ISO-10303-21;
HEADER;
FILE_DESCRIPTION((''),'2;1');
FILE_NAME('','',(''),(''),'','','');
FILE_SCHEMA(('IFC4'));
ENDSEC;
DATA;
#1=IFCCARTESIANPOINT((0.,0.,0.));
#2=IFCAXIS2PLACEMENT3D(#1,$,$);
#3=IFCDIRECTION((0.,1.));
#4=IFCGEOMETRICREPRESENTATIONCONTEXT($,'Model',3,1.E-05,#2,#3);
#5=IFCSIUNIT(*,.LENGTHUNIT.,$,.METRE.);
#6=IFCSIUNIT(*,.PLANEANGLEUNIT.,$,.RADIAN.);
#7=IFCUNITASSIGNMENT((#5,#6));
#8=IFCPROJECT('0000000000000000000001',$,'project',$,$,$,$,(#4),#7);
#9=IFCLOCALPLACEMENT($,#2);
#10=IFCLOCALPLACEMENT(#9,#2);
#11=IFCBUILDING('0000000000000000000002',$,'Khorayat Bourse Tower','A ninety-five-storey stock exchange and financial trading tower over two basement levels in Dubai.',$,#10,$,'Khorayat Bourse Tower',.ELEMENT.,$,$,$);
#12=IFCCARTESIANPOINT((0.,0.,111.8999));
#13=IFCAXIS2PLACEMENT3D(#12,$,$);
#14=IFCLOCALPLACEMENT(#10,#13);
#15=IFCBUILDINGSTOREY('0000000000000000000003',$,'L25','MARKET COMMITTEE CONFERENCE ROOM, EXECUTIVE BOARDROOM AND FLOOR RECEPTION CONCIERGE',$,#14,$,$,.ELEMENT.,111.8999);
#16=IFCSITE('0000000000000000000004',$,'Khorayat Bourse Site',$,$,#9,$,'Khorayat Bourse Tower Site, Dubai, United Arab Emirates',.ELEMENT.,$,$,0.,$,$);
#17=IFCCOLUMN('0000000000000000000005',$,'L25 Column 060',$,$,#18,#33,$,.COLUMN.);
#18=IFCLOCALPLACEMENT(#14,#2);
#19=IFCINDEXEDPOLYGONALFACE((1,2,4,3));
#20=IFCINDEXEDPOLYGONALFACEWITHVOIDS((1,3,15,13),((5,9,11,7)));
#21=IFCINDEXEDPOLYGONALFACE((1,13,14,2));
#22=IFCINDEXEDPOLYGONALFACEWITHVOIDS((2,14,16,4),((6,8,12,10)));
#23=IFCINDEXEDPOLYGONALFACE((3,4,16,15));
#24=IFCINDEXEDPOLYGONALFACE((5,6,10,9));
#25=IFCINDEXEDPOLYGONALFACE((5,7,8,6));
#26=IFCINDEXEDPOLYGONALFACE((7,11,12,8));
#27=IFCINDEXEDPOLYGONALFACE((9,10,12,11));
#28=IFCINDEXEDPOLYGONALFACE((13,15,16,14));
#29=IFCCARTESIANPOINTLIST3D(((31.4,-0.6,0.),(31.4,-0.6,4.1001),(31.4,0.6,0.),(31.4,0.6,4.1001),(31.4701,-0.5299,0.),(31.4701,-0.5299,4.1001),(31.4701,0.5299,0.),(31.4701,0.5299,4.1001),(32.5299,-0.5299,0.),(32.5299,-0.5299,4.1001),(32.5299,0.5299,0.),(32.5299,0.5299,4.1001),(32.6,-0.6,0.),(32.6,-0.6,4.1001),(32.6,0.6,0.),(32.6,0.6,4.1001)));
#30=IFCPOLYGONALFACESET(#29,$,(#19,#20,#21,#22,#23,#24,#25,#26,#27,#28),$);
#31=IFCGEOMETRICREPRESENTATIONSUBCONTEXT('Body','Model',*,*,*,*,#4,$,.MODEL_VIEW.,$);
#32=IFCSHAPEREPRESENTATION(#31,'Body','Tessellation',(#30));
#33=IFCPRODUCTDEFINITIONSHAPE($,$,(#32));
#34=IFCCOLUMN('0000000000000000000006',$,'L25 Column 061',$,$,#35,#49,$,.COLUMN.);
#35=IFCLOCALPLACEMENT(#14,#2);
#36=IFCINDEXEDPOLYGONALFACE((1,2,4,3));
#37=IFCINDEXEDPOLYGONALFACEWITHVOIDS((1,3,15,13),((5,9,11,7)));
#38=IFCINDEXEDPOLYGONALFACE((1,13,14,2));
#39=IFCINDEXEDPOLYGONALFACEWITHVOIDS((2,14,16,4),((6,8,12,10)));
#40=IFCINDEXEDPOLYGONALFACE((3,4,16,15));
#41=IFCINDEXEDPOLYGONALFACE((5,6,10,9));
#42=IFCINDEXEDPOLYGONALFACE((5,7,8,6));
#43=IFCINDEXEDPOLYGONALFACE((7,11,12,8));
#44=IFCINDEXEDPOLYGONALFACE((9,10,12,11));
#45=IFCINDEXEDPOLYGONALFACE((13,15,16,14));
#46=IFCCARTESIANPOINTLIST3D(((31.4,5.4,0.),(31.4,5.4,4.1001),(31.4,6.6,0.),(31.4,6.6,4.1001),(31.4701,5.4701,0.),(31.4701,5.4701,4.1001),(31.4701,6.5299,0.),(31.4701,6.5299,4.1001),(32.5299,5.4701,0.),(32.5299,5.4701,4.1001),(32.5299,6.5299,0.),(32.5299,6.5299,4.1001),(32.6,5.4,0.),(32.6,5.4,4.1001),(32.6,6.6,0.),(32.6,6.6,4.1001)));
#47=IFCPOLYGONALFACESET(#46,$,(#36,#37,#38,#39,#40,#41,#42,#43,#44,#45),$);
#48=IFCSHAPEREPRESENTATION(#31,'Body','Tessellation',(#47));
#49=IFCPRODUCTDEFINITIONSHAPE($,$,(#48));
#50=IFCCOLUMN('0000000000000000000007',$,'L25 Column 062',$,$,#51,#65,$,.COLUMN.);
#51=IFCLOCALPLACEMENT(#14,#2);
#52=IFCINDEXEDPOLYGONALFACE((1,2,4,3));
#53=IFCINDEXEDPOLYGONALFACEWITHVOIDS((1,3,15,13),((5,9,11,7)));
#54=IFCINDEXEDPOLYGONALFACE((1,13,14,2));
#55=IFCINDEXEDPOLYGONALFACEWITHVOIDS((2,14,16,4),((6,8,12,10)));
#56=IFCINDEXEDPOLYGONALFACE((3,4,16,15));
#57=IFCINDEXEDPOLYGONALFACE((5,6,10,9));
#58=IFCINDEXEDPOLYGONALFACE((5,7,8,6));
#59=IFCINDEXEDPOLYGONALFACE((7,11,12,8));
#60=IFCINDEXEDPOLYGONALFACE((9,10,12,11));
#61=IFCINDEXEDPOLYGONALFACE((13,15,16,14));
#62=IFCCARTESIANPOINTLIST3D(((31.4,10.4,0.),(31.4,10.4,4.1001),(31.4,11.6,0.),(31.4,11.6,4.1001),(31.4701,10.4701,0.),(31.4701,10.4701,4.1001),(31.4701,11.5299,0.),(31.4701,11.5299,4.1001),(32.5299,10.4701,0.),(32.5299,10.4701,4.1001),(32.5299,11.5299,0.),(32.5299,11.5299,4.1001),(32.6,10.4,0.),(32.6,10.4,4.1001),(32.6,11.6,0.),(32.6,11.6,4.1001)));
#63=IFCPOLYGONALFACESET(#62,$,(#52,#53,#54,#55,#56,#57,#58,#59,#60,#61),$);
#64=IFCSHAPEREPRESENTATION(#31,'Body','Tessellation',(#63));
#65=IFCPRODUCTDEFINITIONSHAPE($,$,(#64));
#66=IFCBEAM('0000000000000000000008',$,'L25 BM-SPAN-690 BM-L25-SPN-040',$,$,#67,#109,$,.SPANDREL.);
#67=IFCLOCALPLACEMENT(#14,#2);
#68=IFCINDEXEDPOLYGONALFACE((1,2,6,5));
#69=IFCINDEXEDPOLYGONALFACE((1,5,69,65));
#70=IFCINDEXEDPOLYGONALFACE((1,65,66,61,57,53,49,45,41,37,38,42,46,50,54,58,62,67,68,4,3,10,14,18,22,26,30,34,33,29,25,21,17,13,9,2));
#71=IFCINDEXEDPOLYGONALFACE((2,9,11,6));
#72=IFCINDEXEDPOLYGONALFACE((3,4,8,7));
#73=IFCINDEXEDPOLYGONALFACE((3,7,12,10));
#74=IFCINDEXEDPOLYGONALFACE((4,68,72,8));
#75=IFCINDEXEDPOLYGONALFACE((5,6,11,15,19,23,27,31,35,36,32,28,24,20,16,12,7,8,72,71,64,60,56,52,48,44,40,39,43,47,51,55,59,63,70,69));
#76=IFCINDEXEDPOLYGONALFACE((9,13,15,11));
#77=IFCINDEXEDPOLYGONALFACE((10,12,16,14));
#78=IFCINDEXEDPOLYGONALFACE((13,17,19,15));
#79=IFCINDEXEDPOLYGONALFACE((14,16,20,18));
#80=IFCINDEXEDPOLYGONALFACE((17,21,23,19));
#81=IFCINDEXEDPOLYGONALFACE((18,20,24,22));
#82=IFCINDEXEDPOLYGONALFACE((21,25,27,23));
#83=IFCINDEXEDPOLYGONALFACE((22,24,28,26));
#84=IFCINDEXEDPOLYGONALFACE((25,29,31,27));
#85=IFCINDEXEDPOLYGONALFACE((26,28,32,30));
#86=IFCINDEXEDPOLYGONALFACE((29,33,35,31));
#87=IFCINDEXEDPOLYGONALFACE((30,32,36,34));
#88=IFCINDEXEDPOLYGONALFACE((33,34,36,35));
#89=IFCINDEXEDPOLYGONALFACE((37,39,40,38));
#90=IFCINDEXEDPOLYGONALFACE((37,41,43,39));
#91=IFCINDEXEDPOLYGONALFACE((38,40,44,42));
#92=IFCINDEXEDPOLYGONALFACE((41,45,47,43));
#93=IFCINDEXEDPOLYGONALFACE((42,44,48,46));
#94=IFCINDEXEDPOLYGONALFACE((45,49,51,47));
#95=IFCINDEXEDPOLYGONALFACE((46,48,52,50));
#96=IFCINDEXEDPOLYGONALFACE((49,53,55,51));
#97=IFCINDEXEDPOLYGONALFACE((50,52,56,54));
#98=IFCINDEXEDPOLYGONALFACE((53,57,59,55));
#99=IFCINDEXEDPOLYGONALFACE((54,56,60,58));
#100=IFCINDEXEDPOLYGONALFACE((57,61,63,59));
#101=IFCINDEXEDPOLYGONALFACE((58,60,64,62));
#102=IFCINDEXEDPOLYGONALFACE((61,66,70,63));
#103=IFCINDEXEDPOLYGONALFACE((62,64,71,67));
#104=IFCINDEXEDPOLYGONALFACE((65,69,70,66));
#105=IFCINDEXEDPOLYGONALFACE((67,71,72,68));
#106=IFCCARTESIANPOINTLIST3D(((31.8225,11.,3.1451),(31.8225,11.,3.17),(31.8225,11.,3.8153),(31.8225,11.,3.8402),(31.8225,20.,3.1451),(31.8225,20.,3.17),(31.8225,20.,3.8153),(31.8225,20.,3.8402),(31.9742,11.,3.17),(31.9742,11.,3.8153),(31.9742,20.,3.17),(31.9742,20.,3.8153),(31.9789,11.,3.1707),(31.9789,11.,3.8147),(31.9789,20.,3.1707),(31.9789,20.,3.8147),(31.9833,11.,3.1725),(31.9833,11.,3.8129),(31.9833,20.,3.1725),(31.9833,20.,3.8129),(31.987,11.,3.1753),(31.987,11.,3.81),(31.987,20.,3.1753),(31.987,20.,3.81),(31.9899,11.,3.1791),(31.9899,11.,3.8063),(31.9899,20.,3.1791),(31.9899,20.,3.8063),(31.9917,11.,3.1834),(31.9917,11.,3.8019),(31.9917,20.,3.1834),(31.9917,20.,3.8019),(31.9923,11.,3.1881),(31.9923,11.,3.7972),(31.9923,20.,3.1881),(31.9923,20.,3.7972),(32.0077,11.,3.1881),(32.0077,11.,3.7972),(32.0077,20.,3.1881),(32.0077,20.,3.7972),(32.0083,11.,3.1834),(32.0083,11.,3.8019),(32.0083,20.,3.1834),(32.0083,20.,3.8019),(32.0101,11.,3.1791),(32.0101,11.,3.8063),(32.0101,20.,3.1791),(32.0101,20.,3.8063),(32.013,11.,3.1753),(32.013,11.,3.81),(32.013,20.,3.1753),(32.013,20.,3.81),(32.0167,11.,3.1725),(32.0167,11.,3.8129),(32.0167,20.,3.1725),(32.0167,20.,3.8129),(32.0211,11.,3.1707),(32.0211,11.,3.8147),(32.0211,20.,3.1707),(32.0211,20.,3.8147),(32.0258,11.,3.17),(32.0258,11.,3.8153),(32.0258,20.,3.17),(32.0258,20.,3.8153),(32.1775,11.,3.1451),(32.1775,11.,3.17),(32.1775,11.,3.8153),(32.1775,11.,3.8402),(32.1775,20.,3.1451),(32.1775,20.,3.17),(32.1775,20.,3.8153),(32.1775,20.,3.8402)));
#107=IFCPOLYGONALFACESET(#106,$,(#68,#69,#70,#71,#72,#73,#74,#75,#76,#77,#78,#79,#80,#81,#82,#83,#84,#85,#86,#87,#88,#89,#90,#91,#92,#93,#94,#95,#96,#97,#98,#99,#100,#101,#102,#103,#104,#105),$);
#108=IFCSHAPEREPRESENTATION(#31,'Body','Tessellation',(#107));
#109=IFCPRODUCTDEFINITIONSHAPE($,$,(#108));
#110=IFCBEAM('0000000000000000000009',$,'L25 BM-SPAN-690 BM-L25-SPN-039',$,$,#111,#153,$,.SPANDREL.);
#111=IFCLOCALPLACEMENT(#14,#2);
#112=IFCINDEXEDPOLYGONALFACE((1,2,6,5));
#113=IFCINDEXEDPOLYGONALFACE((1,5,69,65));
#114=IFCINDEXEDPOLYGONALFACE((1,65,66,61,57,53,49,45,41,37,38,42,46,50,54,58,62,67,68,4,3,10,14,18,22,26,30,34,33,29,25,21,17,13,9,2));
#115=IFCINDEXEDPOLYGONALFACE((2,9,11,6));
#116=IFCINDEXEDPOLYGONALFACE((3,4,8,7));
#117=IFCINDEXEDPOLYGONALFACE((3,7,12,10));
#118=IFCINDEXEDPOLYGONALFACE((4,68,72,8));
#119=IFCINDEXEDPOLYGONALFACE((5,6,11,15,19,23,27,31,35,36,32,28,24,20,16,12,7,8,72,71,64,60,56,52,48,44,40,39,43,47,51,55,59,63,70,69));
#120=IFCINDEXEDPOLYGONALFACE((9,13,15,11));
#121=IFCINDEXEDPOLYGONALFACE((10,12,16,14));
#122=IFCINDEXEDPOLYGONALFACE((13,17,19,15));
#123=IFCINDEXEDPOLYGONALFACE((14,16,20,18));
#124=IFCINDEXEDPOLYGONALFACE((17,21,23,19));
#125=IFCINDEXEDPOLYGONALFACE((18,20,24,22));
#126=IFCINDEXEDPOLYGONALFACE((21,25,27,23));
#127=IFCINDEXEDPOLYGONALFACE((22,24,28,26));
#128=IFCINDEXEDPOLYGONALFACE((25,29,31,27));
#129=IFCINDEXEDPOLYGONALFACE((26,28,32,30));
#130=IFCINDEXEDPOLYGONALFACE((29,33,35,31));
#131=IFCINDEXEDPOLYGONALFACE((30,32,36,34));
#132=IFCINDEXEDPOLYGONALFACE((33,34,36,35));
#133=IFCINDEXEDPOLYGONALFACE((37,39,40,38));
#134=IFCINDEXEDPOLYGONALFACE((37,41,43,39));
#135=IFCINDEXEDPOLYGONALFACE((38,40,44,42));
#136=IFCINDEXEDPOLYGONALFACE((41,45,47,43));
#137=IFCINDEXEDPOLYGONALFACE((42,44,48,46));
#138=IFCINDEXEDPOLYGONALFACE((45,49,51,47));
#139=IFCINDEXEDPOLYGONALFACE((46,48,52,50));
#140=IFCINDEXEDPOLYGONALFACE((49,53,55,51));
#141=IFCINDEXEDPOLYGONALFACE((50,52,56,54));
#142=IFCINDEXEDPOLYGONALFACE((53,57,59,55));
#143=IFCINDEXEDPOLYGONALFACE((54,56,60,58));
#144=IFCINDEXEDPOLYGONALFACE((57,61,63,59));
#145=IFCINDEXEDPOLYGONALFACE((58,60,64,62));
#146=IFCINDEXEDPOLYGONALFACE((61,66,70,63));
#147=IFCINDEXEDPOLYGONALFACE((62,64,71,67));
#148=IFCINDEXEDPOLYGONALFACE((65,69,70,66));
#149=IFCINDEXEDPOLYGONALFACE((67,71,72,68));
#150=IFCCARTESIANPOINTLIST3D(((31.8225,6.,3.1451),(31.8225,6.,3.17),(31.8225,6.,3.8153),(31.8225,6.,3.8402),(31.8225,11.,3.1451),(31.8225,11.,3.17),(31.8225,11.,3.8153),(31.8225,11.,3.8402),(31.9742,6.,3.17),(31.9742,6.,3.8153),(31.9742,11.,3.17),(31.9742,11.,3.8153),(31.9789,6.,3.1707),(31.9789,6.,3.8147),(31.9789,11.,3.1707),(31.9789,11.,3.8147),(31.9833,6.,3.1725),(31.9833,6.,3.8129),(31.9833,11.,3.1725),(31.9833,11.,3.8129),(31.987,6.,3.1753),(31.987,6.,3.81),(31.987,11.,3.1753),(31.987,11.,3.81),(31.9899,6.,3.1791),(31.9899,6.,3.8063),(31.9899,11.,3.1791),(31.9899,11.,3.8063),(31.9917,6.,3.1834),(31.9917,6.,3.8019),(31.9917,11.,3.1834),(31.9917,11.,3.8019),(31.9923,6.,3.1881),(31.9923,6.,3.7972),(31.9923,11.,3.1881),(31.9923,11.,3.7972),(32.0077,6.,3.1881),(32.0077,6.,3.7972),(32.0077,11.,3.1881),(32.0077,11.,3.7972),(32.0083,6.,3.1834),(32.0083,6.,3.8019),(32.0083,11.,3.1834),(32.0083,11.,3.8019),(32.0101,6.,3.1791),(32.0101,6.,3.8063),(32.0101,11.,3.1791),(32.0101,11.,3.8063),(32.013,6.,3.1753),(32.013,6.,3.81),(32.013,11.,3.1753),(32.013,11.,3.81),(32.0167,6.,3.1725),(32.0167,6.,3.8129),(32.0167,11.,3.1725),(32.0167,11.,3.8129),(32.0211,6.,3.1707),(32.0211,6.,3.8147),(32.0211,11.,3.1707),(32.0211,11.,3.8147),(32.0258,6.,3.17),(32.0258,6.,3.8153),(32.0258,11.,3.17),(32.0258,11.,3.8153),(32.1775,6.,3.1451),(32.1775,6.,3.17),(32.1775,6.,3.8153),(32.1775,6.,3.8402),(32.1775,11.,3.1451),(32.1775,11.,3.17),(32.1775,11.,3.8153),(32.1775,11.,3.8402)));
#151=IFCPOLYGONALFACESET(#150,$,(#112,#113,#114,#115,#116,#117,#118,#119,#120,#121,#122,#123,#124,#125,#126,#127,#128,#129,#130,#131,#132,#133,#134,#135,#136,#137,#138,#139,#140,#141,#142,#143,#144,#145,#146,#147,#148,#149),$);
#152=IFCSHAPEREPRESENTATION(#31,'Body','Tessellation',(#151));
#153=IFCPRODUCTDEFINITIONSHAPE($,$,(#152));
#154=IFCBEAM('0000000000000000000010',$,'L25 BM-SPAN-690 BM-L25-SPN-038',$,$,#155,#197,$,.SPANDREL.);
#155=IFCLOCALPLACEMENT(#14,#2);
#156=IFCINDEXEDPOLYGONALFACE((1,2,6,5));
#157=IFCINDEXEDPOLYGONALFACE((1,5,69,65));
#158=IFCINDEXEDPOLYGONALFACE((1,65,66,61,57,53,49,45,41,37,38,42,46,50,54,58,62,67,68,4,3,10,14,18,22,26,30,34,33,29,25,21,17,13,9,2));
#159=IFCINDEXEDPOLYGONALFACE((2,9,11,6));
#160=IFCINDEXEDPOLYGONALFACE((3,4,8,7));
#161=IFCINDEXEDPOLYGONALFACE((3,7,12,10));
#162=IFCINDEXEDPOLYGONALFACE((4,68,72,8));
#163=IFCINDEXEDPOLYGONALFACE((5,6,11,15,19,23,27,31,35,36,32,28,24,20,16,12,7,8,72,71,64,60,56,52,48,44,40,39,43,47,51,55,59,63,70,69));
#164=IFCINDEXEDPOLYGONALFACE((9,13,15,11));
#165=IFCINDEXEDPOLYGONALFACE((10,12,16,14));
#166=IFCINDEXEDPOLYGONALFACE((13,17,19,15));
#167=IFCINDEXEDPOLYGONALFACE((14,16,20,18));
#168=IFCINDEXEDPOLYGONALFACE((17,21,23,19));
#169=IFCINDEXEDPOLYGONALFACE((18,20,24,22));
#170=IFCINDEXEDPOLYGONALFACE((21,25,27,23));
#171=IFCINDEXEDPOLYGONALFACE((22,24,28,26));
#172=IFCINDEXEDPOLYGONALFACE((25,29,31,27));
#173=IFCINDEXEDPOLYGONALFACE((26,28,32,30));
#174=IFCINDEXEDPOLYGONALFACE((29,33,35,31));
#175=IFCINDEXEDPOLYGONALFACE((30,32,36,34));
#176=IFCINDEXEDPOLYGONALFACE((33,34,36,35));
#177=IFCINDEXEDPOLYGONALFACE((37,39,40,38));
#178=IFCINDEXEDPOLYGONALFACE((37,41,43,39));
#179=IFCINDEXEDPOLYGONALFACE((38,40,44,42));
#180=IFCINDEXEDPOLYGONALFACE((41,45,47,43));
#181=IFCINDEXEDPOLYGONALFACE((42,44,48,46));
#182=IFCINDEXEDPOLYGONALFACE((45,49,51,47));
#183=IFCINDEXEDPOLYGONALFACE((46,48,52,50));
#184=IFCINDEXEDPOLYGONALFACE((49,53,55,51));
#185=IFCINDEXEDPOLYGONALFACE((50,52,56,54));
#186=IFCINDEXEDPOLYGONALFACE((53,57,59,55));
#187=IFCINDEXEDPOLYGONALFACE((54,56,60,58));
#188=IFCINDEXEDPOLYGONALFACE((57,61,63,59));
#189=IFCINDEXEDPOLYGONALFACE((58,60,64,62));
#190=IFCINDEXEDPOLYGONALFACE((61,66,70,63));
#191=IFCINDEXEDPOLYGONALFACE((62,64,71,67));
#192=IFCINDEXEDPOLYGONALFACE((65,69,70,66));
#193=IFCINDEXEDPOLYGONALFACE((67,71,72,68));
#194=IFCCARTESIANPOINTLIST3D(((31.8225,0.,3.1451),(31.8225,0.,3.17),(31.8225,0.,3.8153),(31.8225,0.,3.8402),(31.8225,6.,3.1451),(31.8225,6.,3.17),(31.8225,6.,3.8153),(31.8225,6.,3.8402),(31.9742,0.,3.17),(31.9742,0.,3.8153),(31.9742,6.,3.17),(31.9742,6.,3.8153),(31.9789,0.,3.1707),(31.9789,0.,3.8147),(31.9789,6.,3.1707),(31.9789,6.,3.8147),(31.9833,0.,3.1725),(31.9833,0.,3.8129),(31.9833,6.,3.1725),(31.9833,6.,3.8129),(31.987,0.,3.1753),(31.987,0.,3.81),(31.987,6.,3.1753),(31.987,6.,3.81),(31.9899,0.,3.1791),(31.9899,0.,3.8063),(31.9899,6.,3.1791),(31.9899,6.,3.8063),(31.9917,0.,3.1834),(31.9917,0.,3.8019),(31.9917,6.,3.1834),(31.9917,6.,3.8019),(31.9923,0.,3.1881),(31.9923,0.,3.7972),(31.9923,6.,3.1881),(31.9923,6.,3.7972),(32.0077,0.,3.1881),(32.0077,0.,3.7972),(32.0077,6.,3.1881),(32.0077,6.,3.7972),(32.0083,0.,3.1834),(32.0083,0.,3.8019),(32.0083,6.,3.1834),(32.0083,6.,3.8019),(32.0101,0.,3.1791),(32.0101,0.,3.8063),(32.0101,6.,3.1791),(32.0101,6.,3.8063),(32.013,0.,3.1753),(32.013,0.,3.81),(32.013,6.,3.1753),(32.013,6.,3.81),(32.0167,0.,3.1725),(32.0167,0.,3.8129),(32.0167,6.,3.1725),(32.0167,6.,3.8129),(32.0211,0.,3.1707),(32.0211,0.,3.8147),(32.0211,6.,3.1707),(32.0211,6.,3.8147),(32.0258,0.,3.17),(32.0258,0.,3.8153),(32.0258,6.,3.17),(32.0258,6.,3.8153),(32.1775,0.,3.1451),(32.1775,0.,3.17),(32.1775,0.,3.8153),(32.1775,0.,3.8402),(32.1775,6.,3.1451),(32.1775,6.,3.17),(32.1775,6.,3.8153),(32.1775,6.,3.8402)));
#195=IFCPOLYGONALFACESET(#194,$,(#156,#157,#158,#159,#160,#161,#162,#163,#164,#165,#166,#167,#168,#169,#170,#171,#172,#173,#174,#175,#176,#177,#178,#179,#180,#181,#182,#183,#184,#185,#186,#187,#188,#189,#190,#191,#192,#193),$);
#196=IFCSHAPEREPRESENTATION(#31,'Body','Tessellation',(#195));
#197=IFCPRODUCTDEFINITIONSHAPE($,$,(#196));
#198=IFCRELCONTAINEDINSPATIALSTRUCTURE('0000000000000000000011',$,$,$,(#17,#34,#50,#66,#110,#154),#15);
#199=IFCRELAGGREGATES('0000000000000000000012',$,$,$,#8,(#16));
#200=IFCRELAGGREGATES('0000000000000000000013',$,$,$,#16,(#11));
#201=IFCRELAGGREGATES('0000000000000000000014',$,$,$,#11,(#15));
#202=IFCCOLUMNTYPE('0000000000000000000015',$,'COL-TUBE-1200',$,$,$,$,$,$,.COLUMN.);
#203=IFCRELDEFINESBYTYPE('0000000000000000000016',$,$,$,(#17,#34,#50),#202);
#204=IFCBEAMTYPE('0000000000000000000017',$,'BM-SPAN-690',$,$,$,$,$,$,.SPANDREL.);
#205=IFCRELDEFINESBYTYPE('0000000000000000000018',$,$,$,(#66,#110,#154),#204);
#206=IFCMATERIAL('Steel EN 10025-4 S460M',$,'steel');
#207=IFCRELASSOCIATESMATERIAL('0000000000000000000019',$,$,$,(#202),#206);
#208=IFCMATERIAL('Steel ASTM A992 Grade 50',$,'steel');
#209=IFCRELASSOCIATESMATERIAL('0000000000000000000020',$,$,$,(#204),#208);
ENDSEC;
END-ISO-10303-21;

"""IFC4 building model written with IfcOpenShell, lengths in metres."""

from ifc_helpers import new_model, si_unit, direction, frame, origin, origin_2d, place, context, subcontext, project, spatial, hollow_rectangle, i_section, extrude, source, transform, mapped, material, material_profile, profile_set, type_object, element, save


model = new_model("IFC4")

# Units and contexts
model_context = context("Model", 3, precision=1e-05, world=origin(), true_north=direction((0.0, 1.0)))
body_context = subcontext(model_context, "Body", "Model", "MODEL_VIEW")
ifc_project = project(units=[si_unit("LENGTHUNIT", "METRE"), si_unit("PLANEANGLEUNIT", "RADIAN")], contexts=[model_context])

# Site, building, storey
site_placement = place(None, origin())
site = spatial("IfcSite", under=ifc_project, at=site_placement, Name="Khorayat Bourse Site", LongName="Khorayat Bourse Tower Site, Dubai, United Arab Emirates", CompositionType="ELEMENT", RefElevation=0.0)
building_placement = place(site_placement, origin())
building = spatial("IfcBuilding", under=site, at=building_placement, Name="Khorayat Bourse Tower", Description="A ninety-five-storey stock exchange and financial trading tower over two basement levels in Dubai.", LongName="Khorayat Bourse Tower", CompositionType="ELEMENT")
storey_placement = place(building_placement, frame((0.0, 0.0, 111.8999)))
storey = spatial("IfcBuildingStorey", under=building, at=storey_placement, Name="L25", Description="MARKET COMMITTEE CONFERENCE ROOM, EXECUTIVE BOARDROOM AND FLOOR RECEPTION CONCIERGE", CompositionType="ELEMENT", Elevation=111.8999)

# Columns
ifc_material_1 = material(Name="Steel EN 10025-4 S460M", Category="steel")
ifc_material_profile_1 = material_profile(ifc_material_1, hollow_rectangle(XDim=1.2, YDim=1.2, WallThickness=0.0701, at=origin_2d()), Name="BOX 1200x1200x70")
ifc_profile_set_1 = profile_set([ifc_material_profile_1], Name="Steel EN 10025-4 S460M")
column_type = type_object("IfcColumnType", Name="COL-TUBE-1200", PredefinedType="COLUMN", material=ifc_profile_set_1)
shared_shape_1 = source(origin(), body_context, "Body", "SweptSolid", [
    extrude(hollow_rectangle(XDim=1.2, YDim=1.2, WallThickness=0.0701, at=origin_2d()), origin(), (0.0, 0.0, 1.0), 4.1001),
])
for number, where, z_axis, x_axis, name in (
    (1, (32.0, 0.0, 0.0), (0.0, 0.0, 1.0), (1.0, 0.0, 0.0), "L25 Column 060"),
    (2, (32.0, 6.0, 0.0), (0.0, 0.0, 1.0), (1.0, 0.0, 0.0), "L25 Column 061"),
    (3, (32.0, 11.0, 0.0), (0.0, 0.0, 1.0), (1.0, 0.0, 0.0), "L25 Column 062"),
):
    element("IfcColumn", number, at=place(storey_placement, frame(where, z_axis=z_axis, x_axis=x_axis)), inside=storey, type_object=column_type, Name=name, PredefinedType="COLUMN", context=body_context, shape_type="MappedRepresentation", body=[
        mapped(shared_shape_1, transform((0.0, 0.0, 0.0), scale=1.0)),
    ])

# Beams
ifc_material_2 = material(Name="Steel ASTM A992 Grade 50", Category="steel")
ifc_material_profile_2 = material_profile(ifc_material_2, i_section(OverallWidth=0.355, OverallDepth=0.6951, WebThickness=0.0154, FlangeThickness=0.0249, FilletRadius=0.0181, at=origin_2d()), Name="W690X217")
ifc_profile_set_2 = profile_set([ifc_material_profile_2], Name="Steel ASTM A992 Grade 50")
beam_type_1 = type_object("IfcBeamType", Name="BM-SPAN-690", PredefinedType="SPANDREL", material=ifc_profile_set_2)
shared_shape_2 = source(origin(), body_context, "Body", "SweptSolid", [
    extrude(i_section(OverallWidth=0.355, OverallDepth=0.6951, WebThickness=0.0154, FlangeThickness=0.0249, FilletRadius=0.0181, at=origin_2d()), origin(), (0.0, 0.0, 1.0), 9.0),
])
beam_1_placement = place(storey_placement, frame((32.0, 11.0, 3.4927), z_axis=(0.0, 1.0, 0.0), x_axis=(-1.0, 0.0, 0.0)))
element("IfcBeam", 4, at=beam_1_placement, inside=storey, type_object=beam_type_1, Name="L25 BM-SPAN-690 BM-L25-SPN-040", PredefinedType="SPANDREL", context=body_context, shape_type="MappedRepresentation", body=[
    mapped(shared_shape_2, transform((0.0, 0.0, 0.0), scale=1.0)),
])
shared_shape_3 = source(origin(), body_context, "Body", "SweptSolid", [
    extrude(i_section(OverallWidth=0.355, OverallDepth=0.6951, WebThickness=0.0154, FlangeThickness=0.0249, FilletRadius=0.0181, at=origin_2d()), origin(), (0.0, 0.0, 1.0), 5.0),
])
beam_2_placement = place(storey_placement, frame((32.0, 6.0, 3.4927), z_axis=(0.0, 1.0, 0.0), x_axis=(-1.0, 0.0, 0.0)))
element("IfcBeam", 5, at=beam_2_placement, inside=storey, type_object=beam_type_1, Name="L25 BM-SPAN-690 BM-L25-SPN-039", PredefinedType="SPANDREL", context=body_context, shape_type="MappedRepresentation", body=[
    mapped(shared_shape_3, transform((0.0, 0.0, 0.0), scale=1.0)),
])
shared_shape_4 = source(origin(), body_context, "Body", "SweptSolid", [
    extrude(i_section(OverallWidth=0.355, OverallDepth=0.6951, WebThickness=0.0154, FlangeThickness=0.0249, FilletRadius=0.0181, at=origin_2d()), origin(), (0.0, 0.0, 1.0), 6.0),
])
beam_3_placement = place(storey_placement, frame((32.0, 0.0, 3.4927), z_axis=(0.0, 1.0, 0.0), x_axis=(-1.0, 0.0, 0.0)))
element("IfcBeam", 6, at=beam_3_placement, inside=storey, type_object=beam_type_1, Name="L25 BM-SPAN-690 BM-L25-SPN-038", PredefinedType="SPANDREL", context=body_context, shape_type="MappedRepresentation", body=[
    mapped(shared_shape_4, transform((0.0, 0.0, 0.0), scale=1.0)),
])

save(model, "model.ifc")
